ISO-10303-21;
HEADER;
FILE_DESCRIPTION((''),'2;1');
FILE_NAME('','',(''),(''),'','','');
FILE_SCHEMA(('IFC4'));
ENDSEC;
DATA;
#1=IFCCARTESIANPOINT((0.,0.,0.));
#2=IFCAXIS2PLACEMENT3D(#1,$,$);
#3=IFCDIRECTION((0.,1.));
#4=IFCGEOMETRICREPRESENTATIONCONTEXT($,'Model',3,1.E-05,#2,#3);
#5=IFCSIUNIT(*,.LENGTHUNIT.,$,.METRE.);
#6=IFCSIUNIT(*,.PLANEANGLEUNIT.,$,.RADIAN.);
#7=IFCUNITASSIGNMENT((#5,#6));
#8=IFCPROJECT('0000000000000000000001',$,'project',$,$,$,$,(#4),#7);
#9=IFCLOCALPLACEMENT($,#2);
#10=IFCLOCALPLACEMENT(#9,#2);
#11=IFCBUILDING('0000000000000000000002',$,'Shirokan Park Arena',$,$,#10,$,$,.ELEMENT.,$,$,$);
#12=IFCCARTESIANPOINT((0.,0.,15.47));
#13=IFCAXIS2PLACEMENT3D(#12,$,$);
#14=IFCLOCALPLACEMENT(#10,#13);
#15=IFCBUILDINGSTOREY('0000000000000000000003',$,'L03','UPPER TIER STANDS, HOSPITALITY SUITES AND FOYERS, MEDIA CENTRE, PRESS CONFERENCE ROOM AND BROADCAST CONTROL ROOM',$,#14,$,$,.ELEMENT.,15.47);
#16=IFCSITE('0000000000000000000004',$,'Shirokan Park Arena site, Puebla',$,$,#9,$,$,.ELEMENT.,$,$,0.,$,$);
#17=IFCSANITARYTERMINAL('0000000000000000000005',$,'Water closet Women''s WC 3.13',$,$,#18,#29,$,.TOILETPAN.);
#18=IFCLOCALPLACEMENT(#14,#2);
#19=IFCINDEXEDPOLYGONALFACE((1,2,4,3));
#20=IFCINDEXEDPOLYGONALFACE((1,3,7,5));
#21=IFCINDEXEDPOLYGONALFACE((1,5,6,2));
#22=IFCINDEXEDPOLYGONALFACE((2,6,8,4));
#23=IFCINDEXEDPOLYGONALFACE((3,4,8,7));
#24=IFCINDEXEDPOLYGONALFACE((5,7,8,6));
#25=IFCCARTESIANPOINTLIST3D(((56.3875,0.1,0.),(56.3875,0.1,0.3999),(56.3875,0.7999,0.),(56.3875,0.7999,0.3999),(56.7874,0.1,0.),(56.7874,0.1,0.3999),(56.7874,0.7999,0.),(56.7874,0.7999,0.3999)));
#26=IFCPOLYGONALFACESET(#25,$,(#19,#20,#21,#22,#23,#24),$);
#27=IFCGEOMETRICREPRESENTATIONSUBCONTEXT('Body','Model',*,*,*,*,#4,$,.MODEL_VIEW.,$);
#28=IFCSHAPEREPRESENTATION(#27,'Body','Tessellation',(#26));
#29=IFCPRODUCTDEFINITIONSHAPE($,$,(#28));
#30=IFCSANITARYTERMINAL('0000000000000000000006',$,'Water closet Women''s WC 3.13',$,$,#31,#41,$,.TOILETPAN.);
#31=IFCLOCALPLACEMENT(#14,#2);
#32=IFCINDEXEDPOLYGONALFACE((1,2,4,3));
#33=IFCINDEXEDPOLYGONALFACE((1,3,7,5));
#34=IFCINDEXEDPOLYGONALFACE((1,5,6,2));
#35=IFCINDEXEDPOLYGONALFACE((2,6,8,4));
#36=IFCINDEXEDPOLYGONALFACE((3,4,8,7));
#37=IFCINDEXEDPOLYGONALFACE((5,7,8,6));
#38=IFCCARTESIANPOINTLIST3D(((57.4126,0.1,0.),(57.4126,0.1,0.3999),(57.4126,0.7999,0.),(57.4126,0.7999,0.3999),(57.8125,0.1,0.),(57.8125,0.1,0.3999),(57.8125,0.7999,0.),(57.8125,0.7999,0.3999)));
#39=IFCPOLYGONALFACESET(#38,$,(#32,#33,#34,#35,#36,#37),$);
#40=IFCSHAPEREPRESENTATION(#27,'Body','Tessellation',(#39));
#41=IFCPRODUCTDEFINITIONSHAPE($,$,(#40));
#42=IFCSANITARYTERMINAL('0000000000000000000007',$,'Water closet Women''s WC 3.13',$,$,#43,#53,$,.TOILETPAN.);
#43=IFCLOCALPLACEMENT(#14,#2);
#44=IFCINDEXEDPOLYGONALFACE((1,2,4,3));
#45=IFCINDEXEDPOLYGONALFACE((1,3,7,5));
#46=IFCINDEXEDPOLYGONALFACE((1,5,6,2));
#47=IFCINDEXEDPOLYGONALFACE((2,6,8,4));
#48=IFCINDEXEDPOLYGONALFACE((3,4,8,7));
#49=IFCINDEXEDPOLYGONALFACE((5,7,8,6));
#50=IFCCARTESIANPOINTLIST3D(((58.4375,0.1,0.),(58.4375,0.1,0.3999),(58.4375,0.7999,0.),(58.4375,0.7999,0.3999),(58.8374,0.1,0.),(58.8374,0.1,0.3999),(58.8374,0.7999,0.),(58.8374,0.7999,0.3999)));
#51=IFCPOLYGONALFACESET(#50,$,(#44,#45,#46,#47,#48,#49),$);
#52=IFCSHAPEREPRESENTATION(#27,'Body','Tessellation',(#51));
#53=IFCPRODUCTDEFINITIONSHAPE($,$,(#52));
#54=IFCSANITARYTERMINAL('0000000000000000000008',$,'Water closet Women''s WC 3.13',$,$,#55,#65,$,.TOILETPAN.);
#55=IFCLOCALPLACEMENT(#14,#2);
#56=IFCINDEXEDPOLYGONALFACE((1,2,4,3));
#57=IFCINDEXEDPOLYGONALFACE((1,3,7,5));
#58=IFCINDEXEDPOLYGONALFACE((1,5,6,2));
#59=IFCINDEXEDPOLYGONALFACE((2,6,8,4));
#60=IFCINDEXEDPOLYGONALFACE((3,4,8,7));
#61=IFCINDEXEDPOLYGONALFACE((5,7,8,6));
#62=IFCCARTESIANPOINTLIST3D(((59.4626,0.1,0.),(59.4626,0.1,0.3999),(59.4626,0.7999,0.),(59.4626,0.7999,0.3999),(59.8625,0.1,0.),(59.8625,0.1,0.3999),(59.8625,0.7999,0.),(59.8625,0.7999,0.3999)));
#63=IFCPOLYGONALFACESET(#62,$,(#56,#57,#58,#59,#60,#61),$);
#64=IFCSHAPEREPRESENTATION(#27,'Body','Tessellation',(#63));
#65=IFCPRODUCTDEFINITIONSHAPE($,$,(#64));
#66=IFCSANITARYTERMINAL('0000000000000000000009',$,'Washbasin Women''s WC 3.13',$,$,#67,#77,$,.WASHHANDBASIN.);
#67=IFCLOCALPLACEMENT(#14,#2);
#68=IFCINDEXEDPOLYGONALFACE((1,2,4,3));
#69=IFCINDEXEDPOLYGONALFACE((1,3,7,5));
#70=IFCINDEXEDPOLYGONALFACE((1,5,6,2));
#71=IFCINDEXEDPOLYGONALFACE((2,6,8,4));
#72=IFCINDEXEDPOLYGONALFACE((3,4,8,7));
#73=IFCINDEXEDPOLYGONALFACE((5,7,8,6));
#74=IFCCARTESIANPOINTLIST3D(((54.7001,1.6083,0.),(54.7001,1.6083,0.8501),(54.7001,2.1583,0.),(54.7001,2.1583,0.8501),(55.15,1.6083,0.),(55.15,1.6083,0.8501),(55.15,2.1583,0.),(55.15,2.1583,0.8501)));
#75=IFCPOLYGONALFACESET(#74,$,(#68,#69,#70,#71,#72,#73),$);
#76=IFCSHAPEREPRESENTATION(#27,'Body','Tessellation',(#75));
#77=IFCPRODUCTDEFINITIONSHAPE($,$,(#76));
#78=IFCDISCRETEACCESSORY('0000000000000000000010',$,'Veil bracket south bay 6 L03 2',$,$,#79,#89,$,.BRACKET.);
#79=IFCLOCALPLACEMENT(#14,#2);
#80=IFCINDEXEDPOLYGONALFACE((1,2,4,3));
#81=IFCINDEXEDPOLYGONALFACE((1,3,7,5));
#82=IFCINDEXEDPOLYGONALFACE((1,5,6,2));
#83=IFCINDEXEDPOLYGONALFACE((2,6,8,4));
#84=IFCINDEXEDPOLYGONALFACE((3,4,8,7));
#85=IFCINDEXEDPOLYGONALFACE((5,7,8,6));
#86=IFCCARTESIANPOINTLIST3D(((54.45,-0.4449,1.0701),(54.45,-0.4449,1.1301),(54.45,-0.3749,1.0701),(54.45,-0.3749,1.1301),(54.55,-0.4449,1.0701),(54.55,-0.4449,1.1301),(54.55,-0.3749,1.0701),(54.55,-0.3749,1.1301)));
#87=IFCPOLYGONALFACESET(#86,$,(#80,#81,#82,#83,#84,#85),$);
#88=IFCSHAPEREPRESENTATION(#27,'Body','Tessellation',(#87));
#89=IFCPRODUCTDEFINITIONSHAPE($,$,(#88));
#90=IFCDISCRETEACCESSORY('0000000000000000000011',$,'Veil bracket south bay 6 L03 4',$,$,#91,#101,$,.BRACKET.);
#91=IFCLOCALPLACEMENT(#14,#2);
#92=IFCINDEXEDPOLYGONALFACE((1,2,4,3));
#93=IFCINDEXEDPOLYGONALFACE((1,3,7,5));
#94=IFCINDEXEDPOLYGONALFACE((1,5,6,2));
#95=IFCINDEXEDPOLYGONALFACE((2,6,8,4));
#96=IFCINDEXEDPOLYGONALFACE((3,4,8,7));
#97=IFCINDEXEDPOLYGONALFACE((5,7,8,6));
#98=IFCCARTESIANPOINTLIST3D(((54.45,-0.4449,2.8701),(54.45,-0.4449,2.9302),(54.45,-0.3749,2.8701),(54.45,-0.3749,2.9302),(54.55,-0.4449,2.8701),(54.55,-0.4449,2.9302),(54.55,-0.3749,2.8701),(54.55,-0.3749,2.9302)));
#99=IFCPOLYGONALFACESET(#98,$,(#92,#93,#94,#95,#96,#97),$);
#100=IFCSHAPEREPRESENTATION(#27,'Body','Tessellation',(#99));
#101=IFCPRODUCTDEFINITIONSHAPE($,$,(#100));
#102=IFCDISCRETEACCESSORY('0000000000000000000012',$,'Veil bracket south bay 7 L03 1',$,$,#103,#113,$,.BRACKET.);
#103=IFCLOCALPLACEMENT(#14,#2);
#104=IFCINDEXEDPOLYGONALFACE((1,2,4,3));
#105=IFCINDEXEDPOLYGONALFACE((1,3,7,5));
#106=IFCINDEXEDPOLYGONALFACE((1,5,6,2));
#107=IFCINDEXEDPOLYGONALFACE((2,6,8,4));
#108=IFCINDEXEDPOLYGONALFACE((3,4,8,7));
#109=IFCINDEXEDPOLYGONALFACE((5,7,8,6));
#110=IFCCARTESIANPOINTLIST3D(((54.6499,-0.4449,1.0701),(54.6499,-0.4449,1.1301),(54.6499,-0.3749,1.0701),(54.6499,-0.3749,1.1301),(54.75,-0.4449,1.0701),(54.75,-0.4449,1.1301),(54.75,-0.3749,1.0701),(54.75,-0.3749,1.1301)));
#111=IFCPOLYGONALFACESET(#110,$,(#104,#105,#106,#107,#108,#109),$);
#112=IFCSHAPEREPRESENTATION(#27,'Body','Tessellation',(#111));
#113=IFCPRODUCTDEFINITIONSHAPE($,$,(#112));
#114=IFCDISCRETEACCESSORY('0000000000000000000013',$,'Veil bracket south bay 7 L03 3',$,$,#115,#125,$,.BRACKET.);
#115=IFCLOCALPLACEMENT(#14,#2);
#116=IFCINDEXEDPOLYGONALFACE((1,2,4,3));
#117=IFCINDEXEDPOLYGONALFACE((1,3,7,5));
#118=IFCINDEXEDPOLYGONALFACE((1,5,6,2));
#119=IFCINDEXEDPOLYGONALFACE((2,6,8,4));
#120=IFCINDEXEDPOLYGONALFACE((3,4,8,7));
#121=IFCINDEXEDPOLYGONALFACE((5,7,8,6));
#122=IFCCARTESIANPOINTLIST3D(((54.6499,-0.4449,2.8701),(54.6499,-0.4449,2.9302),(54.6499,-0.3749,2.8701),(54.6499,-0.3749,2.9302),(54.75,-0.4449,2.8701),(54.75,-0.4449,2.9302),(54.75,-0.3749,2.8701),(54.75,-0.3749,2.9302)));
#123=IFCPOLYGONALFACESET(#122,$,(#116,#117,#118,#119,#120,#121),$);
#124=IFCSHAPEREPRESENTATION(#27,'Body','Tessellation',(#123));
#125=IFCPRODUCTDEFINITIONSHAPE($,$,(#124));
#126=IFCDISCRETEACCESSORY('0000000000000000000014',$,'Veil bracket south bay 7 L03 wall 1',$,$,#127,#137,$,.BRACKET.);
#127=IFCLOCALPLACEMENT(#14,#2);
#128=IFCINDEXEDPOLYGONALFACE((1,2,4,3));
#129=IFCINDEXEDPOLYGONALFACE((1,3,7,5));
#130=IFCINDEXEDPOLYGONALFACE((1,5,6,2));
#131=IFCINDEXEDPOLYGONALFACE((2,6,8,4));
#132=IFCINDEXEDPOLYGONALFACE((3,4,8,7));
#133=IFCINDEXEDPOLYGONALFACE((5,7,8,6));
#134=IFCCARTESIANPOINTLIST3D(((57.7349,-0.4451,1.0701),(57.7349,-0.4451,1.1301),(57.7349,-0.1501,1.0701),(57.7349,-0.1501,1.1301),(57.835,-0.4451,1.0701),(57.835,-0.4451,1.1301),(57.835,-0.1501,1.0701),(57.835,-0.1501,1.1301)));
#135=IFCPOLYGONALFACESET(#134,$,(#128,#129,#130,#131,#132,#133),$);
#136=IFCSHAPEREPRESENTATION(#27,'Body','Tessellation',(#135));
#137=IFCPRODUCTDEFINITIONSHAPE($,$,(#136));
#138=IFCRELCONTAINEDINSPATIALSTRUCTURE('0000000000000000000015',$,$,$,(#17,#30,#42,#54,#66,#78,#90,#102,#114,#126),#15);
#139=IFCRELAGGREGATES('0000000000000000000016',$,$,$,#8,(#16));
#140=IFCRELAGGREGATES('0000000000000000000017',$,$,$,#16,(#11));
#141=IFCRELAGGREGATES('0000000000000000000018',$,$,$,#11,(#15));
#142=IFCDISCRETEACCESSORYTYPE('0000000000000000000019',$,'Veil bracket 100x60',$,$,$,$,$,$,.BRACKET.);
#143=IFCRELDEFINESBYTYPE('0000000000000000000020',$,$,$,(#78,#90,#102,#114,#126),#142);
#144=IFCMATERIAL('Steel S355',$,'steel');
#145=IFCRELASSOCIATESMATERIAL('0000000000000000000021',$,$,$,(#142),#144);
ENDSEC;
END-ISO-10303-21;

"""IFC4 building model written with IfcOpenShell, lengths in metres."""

from ifc_helpers import new_model, si_unit, direction, frame, origin, origin_2d, place, context, subcontext, project, spatial, rectangle, extrude, material, type_object, element, save


model = new_model("IFC4")

# Units and contexts
model_context = context("Model", 3, precision=1e-05, world=origin(), true_north=direction((0.0, 1.0)))
body_context = subcontext(model_context, "Body", "Model", "MODEL_VIEW")
ifc_project = project(units=[si_unit("LENGTHUNIT", "METRE"), si_unit("PLANEANGLEUNIT", "RADIAN")], contexts=[model_context])

# Site, building, storey
site_placement = place(None, origin())
site = spatial("IfcSite", under=ifc_project, at=site_placement, Name="Shirokan Park Arena site, Puebla", CompositionType="ELEMENT", RefElevation=0.0)
building_placement = place(site_placement, origin())
building = spatial("IfcBuilding", under=site, at=building_placement, Name="Shirokan Park Arena", CompositionType="ELEMENT")
storey_placement = place(building_placement, frame((0.0, 0.0, 15.47)))
storey = spatial("IfcBuildingStorey", under=building, at=storey_placement, Name="L03", Description="UPPER TIER STANDS, HOSPITALITY SUITES AND FOYERS, MEDIA CENTRE, PRESS CONFERENCE ROOM AND BROADCAST CONTROL ROOM", CompositionType="ELEMENT", Elevation=15.47)

# Shared definitions
ifc_material_1 = material(Name="Steel S355", Category="steel")

# Sanitary terminals
for number, where, z_axis, x_axis, name in (
    (1, (56.5874, 0.45, 0.0), (0.0, 0.0, 1.0), (1.0, 0.0, 0.0), "Water closet Women's WC 3.13"),
    (2, (57.6125, 0.45, 0.0), (0.0, 0.0, 1.0), (1.0, 0.0, 0.0), "Water closet Women's WC 3.13"),
    (3, (58.6375, 0.45, 0.0), (0.0, 0.0, 1.0), (1.0, 0.0, 0.0), "Water closet Women's WC 3.13"),
    (4, (59.6626, 0.45, 0.0), (0.0, 0.0, 1.0), (1.0, 0.0, 0.0), "Water closet Women's WC 3.13"),
):
    element("IfcSanitaryTerminal", number, at=place(storey_placement, frame(where, z_axis=z_axis, x_axis=x_axis)), inside=storey, Name=name, PredefinedType="TOILETPAN", context=body_context, shape_type="SweptSolid", body=[
        extrude(rectangle(XDim=0.3999, YDim=0.7, at=origin_2d()), origin(), (0.0, 0.0, 1.0), 0.3999),
    ])
sanitary_terminal_placement = place(storey_placement, frame((54.925, 1.8833, 0.0), z_axis=(0.0, 0.0, 1.0), x_axis=(1.0, 0.0, 0.0)))
element("IfcSanitaryTerminal", 5, at=sanitary_terminal_placement, inside=storey, Name="Washbasin Women's WC 3.13", PredefinedType="WASHHANDBASIN", context=body_context, shape_type="SweptSolid", body=[
    extrude(rectangle(XDim=0.45, YDim=0.55, at=origin_2d()), origin(), (0.0, 0.0, 1.0), 0.8501),
])

# Discrete accessories
discrete_accessory_type = type_object("IfcDiscreteAccessoryType", Name="Veil bracket 100x60", PredefinedType="BRACKET", material=ifc_material_1)
for number, where, z_axis, x_axis, name in (
    (6, (54.5, -0.4099, 1.0701), (0.0, 0.0, 1.0), (1.0, 0.0, 0.0), "Veil bracket south bay 6 L03 2"),
    (7, (54.5, -0.4099, 2.8701), (0.0, 0.0, 1.0), (1.0, 0.0, 0.0), "Veil bracket south bay 6 L03 4"),
    (8, (54.7, -0.4099, 1.0701), (0.0, 0.0, 1.0), (1.0, 0.0, 0.0), "Veil bracket south bay 7 L03 1"),
    (9, (54.7, -0.4099, 2.8701), (0.0, 0.0, 1.0), (1.0, 0.0, 0.0), "Veil bracket south bay 7 L03 3"),
):
    element("IfcDiscreteAccessory", number, at=place(storey_placement, frame(where, z_axis=z_axis, x_axis=x_axis)), inside=storey, type_object=discrete_accessory_type, Name=name, PredefinedType="BRACKET", context=body_context, shape_type="SweptSolid", body=[
        extrude(rectangle(XDim=0.1001, YDim=0.0701, at=origin_2d()), origin(), (0.0, 0.0, 1.0), 0.0601),
    ])
discrete_accessory_placement = place(storey_placement, frame((57.7849, -0.2976, 1.0701), z_axis=(0.0, 0.0, 1.0), x_axis=(1.0, 0.0, 0.0)))
element("IfcDiscreteAccessory", 10, at=discrete_accessory_placement, inside=storey, type_object=discrete_accessory_type, Name="Veil bracket south bay 7 L03 wall 1", PredefinedType="BRACKET", context=body_context, shape_type="SweptSolid", body=[
    extrude(rectangle(XDim=0.1001, YDim=0.2949, at=origin_2d()), origin(), (0.0, 0.0, 1.0), 0.0601),
])

save(model, "model.ifc")
